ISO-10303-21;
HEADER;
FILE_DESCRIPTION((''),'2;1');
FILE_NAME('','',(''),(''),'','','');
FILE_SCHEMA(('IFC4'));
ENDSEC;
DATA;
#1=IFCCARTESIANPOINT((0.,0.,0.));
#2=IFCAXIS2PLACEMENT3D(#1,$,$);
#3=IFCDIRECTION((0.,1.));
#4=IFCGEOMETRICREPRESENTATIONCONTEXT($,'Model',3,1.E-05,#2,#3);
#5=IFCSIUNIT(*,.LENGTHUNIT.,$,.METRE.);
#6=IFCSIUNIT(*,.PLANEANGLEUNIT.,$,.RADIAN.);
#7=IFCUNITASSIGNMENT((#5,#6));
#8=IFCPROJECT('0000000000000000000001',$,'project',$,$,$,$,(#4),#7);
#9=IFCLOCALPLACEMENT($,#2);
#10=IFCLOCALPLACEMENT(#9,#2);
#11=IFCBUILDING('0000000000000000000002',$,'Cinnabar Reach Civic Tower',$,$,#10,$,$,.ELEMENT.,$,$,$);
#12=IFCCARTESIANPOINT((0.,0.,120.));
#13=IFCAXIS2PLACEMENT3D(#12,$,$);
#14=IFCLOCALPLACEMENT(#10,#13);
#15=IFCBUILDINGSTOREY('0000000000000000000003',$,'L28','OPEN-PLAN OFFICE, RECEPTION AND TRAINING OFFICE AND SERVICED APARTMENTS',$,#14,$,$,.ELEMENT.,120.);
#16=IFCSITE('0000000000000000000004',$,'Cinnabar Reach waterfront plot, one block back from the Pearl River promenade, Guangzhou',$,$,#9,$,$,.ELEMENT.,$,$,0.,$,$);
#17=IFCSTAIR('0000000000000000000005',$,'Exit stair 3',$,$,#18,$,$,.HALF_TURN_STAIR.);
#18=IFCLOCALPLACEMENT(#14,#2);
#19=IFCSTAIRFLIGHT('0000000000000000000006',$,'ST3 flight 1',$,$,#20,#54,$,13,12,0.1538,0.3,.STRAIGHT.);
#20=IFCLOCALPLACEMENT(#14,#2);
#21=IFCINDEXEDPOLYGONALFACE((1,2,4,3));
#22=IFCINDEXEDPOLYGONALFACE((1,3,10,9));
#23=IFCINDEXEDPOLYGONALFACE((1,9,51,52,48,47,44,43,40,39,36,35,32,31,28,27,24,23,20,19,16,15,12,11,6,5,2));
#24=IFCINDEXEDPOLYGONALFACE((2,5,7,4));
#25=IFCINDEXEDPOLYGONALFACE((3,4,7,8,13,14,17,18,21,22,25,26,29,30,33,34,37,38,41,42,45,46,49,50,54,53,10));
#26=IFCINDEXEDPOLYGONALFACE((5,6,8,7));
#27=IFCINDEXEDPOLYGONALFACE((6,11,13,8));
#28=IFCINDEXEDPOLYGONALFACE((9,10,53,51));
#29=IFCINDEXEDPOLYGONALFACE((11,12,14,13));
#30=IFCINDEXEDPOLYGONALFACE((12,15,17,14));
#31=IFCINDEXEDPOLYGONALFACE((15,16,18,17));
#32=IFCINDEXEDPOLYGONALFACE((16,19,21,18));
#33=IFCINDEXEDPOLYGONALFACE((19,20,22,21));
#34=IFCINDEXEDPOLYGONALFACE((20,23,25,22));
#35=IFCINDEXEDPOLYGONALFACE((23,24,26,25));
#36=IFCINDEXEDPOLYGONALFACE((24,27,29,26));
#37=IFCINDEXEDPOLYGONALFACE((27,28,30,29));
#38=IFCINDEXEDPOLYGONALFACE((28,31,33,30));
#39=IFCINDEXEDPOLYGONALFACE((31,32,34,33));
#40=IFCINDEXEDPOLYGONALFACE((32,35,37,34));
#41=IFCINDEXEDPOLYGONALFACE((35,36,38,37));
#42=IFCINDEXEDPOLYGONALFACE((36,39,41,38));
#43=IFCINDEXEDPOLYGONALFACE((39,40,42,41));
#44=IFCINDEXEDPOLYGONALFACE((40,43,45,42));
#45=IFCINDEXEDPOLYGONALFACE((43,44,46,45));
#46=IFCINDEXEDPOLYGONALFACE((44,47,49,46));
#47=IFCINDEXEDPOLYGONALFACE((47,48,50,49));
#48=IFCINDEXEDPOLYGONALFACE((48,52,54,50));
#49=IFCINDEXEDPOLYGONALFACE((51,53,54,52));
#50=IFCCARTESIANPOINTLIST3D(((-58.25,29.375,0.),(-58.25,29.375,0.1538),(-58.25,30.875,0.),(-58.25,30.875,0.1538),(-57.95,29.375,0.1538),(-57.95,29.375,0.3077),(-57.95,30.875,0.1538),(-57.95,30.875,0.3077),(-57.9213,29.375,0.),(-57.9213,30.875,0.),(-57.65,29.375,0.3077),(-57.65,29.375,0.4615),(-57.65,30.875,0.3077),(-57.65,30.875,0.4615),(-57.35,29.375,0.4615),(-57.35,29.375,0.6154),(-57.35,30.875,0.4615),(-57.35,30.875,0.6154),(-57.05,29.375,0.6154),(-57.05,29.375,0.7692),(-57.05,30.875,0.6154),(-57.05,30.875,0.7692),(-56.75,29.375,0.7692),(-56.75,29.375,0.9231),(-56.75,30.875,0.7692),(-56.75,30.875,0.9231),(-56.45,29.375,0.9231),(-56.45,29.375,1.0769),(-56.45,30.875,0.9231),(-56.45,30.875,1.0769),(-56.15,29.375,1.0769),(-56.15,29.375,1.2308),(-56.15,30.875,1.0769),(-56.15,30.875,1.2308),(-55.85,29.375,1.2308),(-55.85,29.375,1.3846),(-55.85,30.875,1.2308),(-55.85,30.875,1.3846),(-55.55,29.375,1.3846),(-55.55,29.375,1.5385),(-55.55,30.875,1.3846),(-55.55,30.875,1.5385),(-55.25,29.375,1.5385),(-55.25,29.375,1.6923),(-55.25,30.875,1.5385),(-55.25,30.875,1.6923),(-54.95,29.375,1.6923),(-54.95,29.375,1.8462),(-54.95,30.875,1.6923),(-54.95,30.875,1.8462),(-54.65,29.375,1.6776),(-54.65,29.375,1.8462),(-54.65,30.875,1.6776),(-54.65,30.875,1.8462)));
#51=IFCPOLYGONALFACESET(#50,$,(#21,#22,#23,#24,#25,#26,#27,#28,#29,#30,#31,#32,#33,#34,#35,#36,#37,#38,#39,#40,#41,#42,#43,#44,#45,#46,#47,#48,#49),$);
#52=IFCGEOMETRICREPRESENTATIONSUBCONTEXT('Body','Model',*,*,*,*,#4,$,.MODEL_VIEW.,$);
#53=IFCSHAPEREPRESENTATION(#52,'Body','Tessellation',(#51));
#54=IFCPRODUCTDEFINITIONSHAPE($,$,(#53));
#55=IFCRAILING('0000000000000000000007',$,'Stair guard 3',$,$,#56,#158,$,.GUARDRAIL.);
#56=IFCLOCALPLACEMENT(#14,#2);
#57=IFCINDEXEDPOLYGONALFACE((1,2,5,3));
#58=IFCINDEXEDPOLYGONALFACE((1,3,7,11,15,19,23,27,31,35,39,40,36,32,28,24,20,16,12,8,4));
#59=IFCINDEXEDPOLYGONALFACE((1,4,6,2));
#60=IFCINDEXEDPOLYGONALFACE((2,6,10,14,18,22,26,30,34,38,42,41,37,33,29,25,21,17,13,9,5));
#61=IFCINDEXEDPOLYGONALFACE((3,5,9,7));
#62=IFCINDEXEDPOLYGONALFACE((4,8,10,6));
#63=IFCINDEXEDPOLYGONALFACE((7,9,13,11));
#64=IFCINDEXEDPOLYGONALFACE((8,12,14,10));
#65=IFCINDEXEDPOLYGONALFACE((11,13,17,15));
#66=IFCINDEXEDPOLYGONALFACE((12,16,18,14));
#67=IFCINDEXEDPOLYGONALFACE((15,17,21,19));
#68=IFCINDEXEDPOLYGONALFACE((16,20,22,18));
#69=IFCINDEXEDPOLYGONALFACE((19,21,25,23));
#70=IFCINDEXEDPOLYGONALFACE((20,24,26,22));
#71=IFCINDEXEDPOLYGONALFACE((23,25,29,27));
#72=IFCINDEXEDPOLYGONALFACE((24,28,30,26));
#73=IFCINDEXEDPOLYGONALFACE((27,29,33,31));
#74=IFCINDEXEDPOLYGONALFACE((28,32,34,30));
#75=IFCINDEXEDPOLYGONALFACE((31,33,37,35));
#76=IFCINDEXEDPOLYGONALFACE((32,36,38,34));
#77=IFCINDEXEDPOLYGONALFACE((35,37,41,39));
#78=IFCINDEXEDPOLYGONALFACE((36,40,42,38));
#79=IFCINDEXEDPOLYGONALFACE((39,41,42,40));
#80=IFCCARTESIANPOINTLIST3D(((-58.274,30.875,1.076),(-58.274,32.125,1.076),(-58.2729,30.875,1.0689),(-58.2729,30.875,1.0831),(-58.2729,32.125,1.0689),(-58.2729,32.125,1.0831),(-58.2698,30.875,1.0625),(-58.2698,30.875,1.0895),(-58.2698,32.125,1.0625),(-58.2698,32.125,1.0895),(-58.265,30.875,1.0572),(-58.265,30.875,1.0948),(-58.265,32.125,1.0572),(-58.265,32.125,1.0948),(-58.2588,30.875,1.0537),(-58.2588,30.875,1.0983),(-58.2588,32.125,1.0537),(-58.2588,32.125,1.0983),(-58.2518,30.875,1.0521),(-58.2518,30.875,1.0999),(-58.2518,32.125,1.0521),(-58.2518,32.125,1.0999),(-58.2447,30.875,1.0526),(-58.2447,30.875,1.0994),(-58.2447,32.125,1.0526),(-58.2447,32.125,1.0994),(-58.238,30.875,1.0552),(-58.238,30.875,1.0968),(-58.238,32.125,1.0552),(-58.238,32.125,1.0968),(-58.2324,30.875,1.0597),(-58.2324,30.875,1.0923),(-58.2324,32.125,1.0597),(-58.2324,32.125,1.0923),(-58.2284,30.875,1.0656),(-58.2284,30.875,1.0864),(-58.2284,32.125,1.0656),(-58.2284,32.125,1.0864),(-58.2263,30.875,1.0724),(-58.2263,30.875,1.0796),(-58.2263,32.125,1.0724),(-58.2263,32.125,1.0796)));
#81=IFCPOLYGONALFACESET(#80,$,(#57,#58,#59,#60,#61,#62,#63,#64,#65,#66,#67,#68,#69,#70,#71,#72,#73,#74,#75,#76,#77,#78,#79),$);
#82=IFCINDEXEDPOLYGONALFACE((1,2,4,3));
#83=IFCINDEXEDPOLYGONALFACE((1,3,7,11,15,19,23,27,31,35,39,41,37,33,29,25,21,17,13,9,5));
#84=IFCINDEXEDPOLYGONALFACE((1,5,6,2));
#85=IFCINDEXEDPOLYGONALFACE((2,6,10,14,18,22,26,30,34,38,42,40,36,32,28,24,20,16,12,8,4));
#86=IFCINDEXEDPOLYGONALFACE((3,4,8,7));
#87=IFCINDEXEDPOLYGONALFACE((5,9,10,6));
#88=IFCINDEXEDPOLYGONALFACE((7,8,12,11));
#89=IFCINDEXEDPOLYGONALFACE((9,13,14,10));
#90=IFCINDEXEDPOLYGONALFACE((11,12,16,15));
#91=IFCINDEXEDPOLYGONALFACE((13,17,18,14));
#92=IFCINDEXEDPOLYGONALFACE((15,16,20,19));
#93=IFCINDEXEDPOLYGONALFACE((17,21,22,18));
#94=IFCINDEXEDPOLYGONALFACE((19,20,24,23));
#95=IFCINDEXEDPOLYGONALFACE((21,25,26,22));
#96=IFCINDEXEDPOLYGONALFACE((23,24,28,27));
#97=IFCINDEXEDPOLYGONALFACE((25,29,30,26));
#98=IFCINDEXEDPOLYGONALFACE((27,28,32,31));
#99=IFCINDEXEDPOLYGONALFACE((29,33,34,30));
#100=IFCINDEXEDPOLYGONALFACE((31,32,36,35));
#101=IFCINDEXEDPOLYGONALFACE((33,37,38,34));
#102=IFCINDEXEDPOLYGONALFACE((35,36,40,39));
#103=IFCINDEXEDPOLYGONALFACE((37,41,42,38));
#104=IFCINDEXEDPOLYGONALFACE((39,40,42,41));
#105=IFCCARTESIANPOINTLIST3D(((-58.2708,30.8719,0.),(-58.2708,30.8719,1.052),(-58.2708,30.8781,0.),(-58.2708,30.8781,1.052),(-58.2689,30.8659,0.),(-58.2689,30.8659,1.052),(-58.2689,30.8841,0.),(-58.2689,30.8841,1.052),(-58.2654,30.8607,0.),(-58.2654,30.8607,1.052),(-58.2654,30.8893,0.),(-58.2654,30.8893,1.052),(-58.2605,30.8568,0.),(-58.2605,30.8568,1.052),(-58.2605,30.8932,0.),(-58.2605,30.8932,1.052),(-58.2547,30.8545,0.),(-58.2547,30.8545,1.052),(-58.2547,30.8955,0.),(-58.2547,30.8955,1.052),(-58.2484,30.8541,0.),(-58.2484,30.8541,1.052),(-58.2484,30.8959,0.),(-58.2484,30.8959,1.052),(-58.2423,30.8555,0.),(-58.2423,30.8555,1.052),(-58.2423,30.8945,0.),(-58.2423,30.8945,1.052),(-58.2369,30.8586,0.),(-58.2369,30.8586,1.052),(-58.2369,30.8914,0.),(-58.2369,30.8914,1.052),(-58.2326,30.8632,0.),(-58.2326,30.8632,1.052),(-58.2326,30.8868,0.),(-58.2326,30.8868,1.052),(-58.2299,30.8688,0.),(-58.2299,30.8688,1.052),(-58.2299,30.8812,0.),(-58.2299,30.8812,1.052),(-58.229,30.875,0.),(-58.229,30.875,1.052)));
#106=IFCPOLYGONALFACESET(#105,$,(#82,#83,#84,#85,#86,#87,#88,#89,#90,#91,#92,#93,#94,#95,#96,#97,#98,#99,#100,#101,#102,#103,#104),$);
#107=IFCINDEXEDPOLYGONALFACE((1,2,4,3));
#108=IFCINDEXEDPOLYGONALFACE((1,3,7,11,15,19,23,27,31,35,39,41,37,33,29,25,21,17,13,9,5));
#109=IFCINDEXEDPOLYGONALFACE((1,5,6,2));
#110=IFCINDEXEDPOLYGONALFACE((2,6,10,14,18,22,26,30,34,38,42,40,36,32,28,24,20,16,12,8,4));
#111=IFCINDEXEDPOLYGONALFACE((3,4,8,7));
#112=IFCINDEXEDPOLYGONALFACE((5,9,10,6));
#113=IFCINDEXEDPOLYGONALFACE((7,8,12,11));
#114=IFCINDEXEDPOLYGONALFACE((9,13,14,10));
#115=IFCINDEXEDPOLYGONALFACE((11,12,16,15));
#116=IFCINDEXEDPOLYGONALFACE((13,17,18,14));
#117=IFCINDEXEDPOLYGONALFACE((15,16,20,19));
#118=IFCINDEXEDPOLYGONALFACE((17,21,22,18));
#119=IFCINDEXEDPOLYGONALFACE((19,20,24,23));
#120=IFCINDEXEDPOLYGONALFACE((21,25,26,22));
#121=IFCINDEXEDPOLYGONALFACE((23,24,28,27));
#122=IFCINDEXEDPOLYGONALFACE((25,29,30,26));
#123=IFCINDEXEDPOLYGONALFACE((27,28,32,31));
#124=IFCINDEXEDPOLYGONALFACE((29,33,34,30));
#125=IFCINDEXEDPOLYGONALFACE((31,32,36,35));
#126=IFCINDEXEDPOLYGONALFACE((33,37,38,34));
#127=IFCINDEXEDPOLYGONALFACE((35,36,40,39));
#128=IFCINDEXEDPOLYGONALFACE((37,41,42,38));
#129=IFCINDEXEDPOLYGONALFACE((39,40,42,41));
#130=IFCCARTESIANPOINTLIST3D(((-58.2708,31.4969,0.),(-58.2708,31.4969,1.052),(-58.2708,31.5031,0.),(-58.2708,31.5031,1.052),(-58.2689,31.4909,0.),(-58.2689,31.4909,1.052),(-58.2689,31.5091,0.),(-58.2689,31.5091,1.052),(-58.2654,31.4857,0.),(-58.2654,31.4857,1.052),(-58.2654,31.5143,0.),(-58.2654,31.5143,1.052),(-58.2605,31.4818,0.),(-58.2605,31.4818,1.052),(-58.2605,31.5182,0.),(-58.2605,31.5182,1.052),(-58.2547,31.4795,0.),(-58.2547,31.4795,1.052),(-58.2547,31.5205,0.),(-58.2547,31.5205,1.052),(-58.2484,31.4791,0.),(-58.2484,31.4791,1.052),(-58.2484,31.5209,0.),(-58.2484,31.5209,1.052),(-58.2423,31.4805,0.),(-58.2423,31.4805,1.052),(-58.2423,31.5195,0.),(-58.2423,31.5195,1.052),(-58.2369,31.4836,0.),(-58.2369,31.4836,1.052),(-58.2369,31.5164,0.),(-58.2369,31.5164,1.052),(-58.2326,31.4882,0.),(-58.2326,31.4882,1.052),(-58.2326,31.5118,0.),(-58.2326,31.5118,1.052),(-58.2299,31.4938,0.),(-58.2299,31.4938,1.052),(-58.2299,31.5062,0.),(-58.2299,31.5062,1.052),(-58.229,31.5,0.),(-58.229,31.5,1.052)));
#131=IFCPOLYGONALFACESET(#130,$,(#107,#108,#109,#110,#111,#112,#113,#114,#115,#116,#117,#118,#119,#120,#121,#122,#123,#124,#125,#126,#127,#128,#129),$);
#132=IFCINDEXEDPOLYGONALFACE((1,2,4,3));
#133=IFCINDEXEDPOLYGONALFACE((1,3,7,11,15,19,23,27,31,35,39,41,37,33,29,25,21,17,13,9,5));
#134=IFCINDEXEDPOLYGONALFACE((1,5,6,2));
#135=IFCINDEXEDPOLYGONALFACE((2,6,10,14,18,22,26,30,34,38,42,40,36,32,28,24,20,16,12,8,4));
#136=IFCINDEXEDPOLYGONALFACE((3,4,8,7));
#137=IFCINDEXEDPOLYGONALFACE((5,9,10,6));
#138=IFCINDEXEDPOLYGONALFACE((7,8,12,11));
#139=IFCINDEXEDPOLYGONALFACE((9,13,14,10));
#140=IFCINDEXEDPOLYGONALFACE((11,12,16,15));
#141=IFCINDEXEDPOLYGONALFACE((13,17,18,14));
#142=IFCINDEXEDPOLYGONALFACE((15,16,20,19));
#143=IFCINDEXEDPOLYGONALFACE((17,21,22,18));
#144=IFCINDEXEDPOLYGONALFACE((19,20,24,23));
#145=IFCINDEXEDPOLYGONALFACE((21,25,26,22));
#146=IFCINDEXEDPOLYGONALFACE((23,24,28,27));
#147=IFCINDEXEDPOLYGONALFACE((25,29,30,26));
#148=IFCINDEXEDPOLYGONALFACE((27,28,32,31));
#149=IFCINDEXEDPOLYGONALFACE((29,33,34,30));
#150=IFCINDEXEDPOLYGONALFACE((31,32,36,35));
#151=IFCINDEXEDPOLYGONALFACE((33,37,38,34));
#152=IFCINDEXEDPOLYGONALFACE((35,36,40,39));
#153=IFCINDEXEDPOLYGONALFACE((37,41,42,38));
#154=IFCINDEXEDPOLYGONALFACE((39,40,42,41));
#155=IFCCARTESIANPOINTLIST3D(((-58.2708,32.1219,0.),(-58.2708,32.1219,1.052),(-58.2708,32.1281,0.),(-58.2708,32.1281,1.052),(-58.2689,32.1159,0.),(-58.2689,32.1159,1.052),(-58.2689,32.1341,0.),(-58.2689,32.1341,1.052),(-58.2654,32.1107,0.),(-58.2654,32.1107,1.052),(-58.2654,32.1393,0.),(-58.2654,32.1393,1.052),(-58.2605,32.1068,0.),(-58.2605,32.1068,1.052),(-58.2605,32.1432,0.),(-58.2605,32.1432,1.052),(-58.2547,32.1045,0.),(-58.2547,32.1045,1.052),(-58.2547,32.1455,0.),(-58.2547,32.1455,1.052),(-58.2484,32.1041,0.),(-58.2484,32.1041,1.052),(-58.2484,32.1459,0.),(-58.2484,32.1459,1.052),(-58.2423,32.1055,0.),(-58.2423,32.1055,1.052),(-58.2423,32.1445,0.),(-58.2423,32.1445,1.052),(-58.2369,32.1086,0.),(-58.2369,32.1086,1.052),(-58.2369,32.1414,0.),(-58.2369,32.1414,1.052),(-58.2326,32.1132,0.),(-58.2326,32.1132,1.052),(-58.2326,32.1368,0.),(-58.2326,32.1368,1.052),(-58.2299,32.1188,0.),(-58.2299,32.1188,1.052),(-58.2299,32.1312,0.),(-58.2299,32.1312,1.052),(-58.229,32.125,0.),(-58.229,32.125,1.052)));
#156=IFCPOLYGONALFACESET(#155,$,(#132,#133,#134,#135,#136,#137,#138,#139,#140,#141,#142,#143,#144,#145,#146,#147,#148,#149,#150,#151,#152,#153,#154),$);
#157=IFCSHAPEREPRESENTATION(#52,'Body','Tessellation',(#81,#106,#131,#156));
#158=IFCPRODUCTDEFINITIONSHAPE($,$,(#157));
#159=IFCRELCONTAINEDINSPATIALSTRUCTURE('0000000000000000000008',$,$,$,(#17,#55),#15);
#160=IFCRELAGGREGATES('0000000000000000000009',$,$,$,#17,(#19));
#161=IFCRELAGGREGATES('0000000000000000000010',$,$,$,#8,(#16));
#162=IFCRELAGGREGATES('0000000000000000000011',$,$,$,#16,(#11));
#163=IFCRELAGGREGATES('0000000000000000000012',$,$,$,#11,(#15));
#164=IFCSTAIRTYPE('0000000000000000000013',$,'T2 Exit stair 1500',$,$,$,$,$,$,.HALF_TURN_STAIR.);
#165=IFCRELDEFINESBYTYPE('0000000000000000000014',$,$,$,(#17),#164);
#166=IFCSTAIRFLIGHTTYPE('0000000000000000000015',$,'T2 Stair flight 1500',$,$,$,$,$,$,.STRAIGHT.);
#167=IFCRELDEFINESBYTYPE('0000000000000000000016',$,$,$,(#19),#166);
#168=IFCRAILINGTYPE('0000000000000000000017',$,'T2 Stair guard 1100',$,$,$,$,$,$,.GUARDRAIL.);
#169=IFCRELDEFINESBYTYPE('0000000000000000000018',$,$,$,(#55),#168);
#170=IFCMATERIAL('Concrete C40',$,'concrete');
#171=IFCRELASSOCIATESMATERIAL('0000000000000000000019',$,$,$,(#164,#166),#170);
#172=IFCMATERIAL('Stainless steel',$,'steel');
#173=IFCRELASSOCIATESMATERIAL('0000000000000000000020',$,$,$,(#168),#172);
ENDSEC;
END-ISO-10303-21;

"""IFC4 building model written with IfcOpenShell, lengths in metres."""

from ifc_helpers import new_model, si_unit, direction, frame, origin, origin_2d, place, context, subcontext, project, spatial, polyline, circle, outline, extrude, material, type_object, element, aggregate, save


model = new_model("IFC4")

# Units and contexts
model_context = context("Model", 3, precision=1e-05, world=origin(), true_north=direction((0.0, 1.0)))
body_context = subcontext(model_context, "Body", "Model", "MODEL_VIEW")
ifc_project = project(units=[si_unit("LENGTHUNIT", "METRE"), si_unit("PLANEANGLEUNIT", "RADIAN")], contexts=[model_context])

# Site, building, storey
site_placement = place(None, origin())
site = spatial("IfcSite", under=ifc_project, at=site_placement, Name="Cinnabar Reach waterfront plot, one block back from the Pearl River promenade, Guangzhou", CompositionType="ELEMENT", RefElevation=0.0)
building_placement = place(site_placement, origin())
building = spatial("IfcBuilding", under=site, at=building_placement, Name="Cinnabar Reach Civic Tower", CompositionType="ELEMENT")
storey_placement = place(building_placement, frame((0.0, 0.0, 120.0)))
storey = spatial("IfcBuildingStorey", under=building, at=storey_placement, Name="L28", Description="OPEN-PLAN OFFICE, RECEPTION AND TRAINING OFFICE AND SERVICED APARTMENTS", CompositionType="ELEMENT", Elevation=120.0)

# Stair, stair flight
ifc_material_1 = material(Name="Concrete C40", Category="concrete")
stair_type = type_object("IfcStairType", Name="T2 Exit stair 1500", PredefinedType="HALF_TURN_STAIR", material=ifc_material_1)
stair_placement = place(storey_placement, origin())
stair = element("IfcStair", 1, at=stair_placement, inside=storey, type_object=stair_type, Name="Exit stair 3", PredefinedType="HALF_TURN_STAIR")
stair_flight_type = type_object("IfcStairFlightType", Name="T2 Stair flight 1500", PredefinedType="STRAIGHT", material=ifc_material_1)
stair_flight_placement = place(storey_placement, frame((-58.25, 30.125, 0.0), z_axis=(0.0, 0.0, 1.0), x_axis=(1.0, 0.0, 0.0)))
stair_flight = element("IfcStairFlight", 2, at=stair_flight_placement, type_object=stair_flight_type, Name="ST3 flight 1", NumberOfRisers=13, NumberOfTreads=12, PredefinedType="STRAIGHT", RiserHeight=0.1538, TreadLength=0.3, context=body_context, shape_type="SweptSolid", body=[
    extrude(outline(polyline([(0.0, 0.0), (0.0, 0.1538), (0.3, 0.1538), (0.3, 0.3077), (0.6, 0.3077), (0.6, 0.4615), (0.9, 0.4615), (0.9, 0.6154), (1.2, 0.6154), (1.2, 0.7692), (1.5, 0.7692), (1.5, 0.9231), (1.8, 0.9231), (1.8, 1.0769), (2.1, 1.0769), (2.1, 1.2308), (2.4, 1.2308), (2.4, 1.3846), (2.7, 1.3846), (2.7, 1.5385), (3.0, 1.5385), (3.0, 1.6923), (3.3, 1.6923), (3.3, 1.8462), (3.6, 1.8462), (3.6, 2.0), (3.6, 1.6776), (0.3287, 0.0), (0.0, 0.0)])), frame((0.0, 0.75, 0.0), z_axis=(0.0, -1.0, 0.0), x_axis=(1.0, 0.0, 0.0)), (0.0, 0.0, 1.0), 1.5),
])
aggregate(stair, [stair_flight])

# Railing
ifc_material_2 = material(Name="Stainless steel", Category="steel")
railing_type = type_object("IfcRailingType", Name="T2 Stair guard 1100", PredefinedType="GUARDRAIL", material=ifc_material_2)
for number, where, name in (
    (3, (-58.25, 30.875, 0.0), "Stair guard 3"),
):
    element("IfcRailing", number, at=place(storey_placement, frame(where)), inside=storey, type_object=railing_type, Name=name, PredefinedType="GUARDRAIL", context=body_context, shape_type="SweptSolid", body=[
        extrude(circle(Radius=0.024, at=origin_2d()), frame((0.0, 0.0, 1.076), z_axis=(0.0, 1.0, 0.0), x_axis=(-1.0, 0.0, 0.0)), (0.0, 0.0, 1.0), 1.25),
        extrude(circle(Radius=0.021, at=origin_2d()), origin(), (0.0, 0.0, 1.0), 1.052),
        extrude(circle(Radius=0.021, at=origin_2d()), frame((0.0, 0.625, 0.0)), (0.0, 0.0, 1.0), 1.052),
        extrude(circle(Radius=0.021, at=origin_2d()), frame((0.0, 1.25, 0.0)), (0.0, 0.0, 1.0), 1.052),
    ])

save(model, "model.ifc")
